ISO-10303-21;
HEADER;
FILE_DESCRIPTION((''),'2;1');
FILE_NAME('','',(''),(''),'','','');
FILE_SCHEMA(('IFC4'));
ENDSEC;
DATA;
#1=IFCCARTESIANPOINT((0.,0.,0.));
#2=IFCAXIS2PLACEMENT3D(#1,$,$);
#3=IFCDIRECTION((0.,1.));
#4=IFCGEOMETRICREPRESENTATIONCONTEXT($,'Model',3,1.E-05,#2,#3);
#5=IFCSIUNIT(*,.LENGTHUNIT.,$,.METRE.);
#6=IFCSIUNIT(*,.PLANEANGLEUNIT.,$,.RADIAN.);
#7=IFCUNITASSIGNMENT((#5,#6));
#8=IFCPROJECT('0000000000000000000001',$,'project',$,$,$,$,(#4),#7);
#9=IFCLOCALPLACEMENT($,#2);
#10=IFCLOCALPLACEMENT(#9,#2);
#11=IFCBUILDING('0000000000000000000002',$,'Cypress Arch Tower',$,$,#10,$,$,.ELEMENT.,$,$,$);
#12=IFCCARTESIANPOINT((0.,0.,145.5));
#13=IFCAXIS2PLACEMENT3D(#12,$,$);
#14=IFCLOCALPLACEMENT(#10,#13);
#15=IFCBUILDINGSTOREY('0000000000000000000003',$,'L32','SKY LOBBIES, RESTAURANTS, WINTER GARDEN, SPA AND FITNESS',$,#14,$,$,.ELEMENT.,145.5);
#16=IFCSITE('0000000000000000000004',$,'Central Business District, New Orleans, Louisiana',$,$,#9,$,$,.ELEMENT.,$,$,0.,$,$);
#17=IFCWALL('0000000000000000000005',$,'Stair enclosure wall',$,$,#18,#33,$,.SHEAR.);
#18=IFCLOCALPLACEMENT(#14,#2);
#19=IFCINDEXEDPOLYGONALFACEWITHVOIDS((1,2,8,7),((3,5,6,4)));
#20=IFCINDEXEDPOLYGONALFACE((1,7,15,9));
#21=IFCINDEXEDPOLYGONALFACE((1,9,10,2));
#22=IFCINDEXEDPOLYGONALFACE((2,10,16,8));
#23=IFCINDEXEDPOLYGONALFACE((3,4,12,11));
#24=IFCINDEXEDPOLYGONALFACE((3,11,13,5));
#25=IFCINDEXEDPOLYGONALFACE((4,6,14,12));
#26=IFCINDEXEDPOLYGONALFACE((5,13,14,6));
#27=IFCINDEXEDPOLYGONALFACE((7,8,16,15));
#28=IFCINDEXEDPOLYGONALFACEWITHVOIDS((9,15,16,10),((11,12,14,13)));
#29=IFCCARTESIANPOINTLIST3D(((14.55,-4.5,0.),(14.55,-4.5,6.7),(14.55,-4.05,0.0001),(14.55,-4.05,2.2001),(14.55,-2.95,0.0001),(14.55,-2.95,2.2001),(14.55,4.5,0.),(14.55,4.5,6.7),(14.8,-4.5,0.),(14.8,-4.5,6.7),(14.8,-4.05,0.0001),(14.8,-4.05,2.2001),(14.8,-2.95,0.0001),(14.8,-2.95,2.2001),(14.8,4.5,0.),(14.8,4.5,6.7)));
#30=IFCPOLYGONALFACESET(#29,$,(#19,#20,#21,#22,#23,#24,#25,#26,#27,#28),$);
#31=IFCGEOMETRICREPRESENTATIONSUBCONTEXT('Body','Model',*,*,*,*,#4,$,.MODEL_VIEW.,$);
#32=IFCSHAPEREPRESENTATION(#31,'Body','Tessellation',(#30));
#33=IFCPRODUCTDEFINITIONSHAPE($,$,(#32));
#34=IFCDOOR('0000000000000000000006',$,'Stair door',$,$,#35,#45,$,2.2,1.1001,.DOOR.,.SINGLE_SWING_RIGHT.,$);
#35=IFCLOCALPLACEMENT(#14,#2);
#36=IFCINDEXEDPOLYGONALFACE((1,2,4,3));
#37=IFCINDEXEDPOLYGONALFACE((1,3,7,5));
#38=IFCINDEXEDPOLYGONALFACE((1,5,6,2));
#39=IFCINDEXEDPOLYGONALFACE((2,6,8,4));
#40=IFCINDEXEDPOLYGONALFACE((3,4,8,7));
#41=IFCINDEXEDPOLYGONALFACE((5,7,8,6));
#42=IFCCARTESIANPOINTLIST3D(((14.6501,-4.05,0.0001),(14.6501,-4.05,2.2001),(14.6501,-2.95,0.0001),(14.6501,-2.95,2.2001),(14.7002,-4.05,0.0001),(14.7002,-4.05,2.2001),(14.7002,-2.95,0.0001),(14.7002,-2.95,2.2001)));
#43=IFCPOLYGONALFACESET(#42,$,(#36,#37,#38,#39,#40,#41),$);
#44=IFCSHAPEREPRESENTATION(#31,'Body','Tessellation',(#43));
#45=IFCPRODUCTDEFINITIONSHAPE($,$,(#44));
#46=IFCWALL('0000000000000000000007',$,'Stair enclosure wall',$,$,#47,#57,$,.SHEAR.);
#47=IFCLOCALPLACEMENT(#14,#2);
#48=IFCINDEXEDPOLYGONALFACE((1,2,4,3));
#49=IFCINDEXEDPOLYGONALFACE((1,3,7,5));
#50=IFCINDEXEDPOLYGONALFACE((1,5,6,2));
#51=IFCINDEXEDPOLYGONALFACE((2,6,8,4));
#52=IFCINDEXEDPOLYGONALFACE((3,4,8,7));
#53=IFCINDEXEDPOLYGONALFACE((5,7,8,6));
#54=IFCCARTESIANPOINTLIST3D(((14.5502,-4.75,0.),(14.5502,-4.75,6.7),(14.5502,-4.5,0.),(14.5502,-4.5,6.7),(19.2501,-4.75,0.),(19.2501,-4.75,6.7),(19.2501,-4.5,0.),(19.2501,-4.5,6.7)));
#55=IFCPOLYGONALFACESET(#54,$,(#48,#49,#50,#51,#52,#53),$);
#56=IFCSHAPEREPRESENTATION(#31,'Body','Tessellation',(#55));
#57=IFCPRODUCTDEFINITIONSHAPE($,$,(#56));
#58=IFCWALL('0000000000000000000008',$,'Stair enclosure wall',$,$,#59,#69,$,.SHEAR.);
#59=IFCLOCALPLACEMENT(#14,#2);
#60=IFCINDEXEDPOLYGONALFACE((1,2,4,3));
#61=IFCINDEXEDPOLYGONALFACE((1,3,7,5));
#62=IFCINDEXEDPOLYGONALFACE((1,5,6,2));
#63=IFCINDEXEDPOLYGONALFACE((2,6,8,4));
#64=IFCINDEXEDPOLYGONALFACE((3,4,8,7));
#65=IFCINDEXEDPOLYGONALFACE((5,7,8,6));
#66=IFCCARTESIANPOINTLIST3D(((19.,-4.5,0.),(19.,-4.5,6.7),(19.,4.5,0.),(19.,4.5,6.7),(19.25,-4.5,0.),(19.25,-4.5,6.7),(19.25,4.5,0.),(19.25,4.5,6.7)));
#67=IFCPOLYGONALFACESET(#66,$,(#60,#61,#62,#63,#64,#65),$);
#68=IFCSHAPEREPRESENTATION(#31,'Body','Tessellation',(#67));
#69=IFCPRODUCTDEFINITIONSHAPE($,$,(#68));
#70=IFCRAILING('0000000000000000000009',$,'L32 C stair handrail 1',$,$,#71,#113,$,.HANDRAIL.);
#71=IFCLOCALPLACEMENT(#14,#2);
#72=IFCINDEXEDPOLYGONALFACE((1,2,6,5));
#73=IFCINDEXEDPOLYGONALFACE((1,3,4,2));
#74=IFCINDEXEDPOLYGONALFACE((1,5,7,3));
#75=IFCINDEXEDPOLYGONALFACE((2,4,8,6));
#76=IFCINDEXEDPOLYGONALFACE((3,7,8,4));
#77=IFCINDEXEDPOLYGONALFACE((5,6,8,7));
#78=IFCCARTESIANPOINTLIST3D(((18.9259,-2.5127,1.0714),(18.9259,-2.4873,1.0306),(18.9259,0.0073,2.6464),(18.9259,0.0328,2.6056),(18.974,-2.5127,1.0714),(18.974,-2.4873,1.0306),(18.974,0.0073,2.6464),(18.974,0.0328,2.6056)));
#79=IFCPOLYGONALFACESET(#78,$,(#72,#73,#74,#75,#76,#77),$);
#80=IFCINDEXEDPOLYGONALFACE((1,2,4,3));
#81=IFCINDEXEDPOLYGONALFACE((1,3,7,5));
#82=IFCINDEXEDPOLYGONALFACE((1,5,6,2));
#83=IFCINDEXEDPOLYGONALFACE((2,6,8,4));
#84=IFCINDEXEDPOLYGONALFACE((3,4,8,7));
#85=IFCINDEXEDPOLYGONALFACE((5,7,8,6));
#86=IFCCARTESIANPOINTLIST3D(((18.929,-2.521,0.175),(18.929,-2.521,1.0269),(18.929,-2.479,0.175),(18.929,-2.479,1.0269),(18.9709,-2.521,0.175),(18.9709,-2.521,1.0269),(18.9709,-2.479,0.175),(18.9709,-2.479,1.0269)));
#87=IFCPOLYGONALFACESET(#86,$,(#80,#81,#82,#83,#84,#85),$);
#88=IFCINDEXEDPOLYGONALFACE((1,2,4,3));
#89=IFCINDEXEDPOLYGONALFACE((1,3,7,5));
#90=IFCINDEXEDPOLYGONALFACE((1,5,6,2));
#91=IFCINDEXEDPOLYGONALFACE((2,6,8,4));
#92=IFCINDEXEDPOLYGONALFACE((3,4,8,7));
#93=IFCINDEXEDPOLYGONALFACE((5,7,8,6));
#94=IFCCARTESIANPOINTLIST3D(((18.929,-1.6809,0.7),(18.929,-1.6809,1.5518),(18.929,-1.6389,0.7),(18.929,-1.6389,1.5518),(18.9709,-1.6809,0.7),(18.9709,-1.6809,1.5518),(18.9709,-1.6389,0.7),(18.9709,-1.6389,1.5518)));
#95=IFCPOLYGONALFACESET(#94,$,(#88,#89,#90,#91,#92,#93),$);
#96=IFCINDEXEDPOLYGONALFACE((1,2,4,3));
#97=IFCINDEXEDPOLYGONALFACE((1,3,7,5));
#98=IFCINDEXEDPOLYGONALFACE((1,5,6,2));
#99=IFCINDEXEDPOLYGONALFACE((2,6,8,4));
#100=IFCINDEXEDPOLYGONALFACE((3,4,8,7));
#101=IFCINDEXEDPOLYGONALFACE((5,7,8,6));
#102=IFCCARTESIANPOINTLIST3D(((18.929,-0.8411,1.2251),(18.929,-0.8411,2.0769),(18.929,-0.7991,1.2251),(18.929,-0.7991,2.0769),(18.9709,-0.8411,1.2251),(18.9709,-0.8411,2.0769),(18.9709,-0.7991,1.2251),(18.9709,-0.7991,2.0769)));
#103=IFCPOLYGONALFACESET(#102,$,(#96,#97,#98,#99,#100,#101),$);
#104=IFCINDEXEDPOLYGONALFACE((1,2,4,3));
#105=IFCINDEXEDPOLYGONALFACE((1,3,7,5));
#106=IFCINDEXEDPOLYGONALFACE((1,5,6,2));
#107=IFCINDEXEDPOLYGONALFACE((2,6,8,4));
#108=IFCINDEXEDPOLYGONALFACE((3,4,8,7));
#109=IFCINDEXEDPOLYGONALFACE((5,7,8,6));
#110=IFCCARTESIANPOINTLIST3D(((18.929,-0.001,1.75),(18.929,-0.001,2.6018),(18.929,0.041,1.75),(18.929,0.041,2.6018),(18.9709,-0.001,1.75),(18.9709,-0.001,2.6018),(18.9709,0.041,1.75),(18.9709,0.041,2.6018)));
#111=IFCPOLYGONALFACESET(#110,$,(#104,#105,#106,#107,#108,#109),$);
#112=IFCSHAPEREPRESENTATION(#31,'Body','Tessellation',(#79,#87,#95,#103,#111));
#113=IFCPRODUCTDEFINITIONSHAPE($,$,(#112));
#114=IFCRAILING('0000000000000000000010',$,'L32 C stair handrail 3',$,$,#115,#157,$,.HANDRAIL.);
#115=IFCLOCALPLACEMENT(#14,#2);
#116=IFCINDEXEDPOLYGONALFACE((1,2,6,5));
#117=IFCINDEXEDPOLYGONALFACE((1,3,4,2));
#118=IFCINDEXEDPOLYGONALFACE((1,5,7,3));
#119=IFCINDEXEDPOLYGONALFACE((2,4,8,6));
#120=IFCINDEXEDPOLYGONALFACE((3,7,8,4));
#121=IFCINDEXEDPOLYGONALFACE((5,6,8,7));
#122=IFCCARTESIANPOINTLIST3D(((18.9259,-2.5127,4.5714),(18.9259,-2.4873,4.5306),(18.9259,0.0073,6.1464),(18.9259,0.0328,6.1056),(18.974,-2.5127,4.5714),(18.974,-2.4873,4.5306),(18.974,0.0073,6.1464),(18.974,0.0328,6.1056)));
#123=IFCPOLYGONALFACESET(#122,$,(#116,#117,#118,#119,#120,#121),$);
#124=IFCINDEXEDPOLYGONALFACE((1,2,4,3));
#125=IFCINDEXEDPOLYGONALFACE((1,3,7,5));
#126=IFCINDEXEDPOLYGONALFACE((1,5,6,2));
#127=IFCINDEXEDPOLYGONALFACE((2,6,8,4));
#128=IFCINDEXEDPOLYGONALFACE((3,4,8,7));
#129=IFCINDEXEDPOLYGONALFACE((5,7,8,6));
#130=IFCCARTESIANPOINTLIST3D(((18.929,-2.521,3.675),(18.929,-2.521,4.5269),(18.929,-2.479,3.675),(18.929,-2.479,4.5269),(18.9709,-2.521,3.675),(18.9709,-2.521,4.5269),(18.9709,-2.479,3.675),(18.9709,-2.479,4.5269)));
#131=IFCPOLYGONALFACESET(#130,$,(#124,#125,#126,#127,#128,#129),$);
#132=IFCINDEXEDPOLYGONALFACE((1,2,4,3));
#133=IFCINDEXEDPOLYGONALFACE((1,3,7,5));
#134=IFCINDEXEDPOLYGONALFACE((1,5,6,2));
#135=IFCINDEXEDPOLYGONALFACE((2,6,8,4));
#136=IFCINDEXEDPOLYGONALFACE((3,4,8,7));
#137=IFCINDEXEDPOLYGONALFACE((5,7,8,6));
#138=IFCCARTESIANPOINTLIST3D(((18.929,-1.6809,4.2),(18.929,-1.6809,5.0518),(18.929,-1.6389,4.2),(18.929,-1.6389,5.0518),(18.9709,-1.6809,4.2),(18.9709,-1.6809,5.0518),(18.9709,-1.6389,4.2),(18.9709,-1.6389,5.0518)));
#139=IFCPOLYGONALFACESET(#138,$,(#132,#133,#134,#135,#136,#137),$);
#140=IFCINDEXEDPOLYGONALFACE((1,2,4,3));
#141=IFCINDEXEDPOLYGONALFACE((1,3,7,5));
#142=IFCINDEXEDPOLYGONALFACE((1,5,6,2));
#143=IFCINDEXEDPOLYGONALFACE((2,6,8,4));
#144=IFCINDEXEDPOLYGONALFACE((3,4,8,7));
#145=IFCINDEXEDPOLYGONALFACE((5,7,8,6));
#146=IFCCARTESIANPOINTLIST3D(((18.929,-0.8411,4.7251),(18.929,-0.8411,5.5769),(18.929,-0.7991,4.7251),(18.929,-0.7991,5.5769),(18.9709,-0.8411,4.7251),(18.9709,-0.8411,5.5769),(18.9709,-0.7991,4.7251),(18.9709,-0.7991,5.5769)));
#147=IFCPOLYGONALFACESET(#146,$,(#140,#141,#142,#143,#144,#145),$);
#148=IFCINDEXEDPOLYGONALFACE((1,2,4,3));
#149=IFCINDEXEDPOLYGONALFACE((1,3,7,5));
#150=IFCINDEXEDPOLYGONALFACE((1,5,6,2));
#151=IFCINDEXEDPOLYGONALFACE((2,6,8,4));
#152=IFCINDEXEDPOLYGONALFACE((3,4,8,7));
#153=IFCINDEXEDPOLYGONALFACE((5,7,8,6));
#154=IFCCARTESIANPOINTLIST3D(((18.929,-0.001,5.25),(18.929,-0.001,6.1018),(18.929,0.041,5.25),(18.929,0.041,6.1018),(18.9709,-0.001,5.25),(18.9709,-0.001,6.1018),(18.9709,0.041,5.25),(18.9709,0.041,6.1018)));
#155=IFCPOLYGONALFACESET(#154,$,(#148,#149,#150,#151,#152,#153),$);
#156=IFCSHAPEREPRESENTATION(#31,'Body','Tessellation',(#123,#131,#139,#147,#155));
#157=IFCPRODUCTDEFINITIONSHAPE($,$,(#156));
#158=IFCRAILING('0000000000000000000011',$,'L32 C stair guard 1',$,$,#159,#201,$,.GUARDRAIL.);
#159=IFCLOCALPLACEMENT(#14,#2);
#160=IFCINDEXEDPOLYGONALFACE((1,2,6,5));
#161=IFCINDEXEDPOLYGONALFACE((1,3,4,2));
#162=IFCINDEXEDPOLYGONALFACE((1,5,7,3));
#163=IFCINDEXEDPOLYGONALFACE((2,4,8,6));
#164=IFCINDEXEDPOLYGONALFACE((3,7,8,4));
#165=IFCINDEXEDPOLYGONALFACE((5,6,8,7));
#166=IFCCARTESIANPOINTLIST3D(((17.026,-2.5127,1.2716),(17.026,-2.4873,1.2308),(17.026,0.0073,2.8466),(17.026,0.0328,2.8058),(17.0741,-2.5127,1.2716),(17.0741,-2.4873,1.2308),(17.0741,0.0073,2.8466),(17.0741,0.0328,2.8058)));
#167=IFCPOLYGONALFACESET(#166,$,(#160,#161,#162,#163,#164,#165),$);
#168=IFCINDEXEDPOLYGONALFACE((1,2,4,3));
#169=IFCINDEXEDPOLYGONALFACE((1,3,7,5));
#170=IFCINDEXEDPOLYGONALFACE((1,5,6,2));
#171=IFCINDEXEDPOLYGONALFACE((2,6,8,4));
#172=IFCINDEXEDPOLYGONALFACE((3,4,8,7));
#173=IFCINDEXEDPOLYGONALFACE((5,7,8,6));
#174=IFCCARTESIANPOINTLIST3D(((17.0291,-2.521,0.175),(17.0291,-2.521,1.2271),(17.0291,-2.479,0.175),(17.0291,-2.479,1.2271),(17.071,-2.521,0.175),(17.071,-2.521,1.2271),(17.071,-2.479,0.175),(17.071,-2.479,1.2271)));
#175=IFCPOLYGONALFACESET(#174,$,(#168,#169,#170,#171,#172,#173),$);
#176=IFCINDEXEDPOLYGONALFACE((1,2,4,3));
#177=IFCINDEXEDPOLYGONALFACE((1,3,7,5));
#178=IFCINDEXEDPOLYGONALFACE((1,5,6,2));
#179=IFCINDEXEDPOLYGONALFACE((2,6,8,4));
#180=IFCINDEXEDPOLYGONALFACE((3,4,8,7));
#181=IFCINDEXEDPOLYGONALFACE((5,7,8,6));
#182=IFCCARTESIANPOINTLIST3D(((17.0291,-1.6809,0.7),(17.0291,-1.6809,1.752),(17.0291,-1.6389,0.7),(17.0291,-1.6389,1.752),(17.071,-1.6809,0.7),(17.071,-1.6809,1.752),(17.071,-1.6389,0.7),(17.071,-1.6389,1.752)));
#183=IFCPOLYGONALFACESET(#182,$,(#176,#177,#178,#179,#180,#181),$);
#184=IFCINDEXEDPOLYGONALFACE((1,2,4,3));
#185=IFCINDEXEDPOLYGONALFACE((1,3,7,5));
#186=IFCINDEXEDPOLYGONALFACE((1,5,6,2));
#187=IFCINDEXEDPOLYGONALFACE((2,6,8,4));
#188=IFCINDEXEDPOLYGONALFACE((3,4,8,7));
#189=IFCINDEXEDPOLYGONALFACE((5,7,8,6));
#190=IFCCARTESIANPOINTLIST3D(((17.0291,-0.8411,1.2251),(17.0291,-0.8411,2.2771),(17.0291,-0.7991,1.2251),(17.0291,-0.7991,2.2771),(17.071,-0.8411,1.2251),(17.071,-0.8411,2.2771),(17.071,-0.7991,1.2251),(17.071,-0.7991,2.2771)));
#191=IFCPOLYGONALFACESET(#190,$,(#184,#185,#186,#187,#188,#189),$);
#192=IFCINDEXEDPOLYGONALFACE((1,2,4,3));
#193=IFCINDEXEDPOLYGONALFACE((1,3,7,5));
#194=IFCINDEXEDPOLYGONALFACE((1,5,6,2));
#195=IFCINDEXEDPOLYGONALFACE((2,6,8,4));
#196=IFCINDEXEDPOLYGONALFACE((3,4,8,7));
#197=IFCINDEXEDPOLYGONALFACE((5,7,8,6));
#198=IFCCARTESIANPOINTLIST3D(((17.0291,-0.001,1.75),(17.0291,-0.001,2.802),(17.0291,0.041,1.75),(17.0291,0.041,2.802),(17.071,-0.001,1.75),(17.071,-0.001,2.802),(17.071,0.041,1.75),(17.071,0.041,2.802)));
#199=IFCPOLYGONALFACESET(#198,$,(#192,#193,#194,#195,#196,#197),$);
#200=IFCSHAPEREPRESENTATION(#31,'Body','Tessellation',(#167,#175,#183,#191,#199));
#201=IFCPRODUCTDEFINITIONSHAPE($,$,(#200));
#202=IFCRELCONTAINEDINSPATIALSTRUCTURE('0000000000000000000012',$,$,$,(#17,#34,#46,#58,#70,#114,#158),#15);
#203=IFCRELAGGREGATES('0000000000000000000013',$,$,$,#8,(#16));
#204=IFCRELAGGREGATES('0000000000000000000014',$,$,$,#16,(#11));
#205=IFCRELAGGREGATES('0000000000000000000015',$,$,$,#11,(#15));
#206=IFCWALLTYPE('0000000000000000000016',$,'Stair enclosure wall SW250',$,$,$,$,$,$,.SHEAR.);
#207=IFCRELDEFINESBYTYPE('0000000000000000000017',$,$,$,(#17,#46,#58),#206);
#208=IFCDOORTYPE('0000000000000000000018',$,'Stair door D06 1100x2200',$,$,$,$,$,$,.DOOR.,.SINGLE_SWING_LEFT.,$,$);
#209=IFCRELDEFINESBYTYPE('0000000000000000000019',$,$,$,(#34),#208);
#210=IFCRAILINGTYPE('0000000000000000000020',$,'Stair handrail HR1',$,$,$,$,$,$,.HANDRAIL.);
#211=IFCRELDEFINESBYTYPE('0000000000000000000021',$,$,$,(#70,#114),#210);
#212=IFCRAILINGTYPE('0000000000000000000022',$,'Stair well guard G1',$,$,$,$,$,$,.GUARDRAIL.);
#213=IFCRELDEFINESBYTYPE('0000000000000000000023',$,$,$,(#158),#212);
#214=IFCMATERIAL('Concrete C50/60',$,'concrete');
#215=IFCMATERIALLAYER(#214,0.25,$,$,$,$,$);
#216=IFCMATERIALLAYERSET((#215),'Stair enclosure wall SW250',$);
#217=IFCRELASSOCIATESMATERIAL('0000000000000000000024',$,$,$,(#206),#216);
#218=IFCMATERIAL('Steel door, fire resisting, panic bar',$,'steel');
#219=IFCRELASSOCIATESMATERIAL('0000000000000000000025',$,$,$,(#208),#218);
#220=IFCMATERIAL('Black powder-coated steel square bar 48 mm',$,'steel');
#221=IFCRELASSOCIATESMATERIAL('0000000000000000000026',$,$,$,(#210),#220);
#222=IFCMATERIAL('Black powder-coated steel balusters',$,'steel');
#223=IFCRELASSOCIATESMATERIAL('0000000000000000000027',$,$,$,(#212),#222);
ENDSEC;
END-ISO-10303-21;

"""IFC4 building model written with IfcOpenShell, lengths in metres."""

from ifc_helpers import new_model, si_unit, direction, frame, frame_2d, origin, origin_2d, place, context, subcontext, project, spatial, rectangle, extrude, material, layer, layer_set, type_object, element, fill, save


model = new_model("IFC4")

# Units and contexts
model_context = context("Model", 3, precision=1e-05, world=origin(), true_north=direction((0.0, 1.0)))
body_context = subcontext(model_context, "Body", "Model", "MODEL_VIEW")
ifc_project = project(units=[si_unit("LENGTHUNIT", "METRE"), si_unit("PLANEANGLEUNIT", "RADIAN")], contexts=[model_context])

# Site, building, storey
site_placement = place(None, origin())
site = spatial("IfcSite", under=ifc_project, at=site_placement, Name="Central Business District, New Orleans, Louisiana", CompositionType="ELEMENT", RefElevation=0.0)
building_placement = place(site_placement, origin())
building = spatial("IfcBuilding", under=site, at=building_placement, Name="Cypress Arch Tower", CompositionType="ELEMENT")
storey_placement = place(building_placement, frame((0.0, 0.0, 145.5)))
storey = spatial("IfcBuildingStorey", under=building, at=storey_placement, Name="L32", Description="SKY LOBBIES, RESTAURANTS, WINTER GARDEN, SPA AND FITNESS", CompositionType="ELEMENT", Elevation=145.5)

# Wall, opening, door
ifc_material_1 = material(Name="Concrete C50/60", Category="concrete")
ifc_layer_1 = layer(ifc_material_1, 0.25)
ifc_layer_set_1 = layer_set([ifc_layer_1], Name="Stair enclosure wall SW250")
wall_type_1 = type_object("IfcWallType", Name="Stair enclosure wall SW250", PredefinedType="SHEAR", material=ifc_layer_set_1)
wall_1_placement = place(storey_placement, frame((14.675, -4.5, 0.0), z_axis=(0.0, 0.0, 1.0), x_axis=(0.0, 1.0, 0.0)))
wall_1 = element("IfcWall", 1, at=wall_1_placement, inside=storey, type_object=wall_type_1, Name="Stair enclosure wall", PredefinedType="SHEAR", context=body_context, shape_type="SweptSolid", body=[
    extrude(rectangle(XDim=9.0, YDim=0.25, at=frame_2d((4.5, 0.0))), origin(), (0.0, 0.0, 1.0), 6.7),
])
opening_1_placement = place(wall_1_placement, frame((0.45, 0.0, 0.0)))
opening_1 = element("IfcOpeningElement", 2, at=opening_1_placement, cuts=wall_1, PredefinedType="OPENING", context=body_context, shape_type="SweptSolid", body=[
    extrude(rectangle(XDim=1.1001, YDim=2.2, at=frame_2d((0.55, 1.1001))), frame((0.0, 0.135, 0.0), z_axis=(0.0, -1.0, 0.0), x_axis=(1.0, 0.0, 0.0)), (0.0, 0.0, 1.0), 0.27),
])
ifc_material_2 = material(Name="Steel door, fire resisting, panic bar", Category="steel")
door_type_1 = type_object("IfcDoorType", Name="Stair door D06 1100x2200", OperationType="SINGLE_SWING_LEFT", PredefinedType="DOOR", material=ifc_material_2)
door_1_placement = place(opening_1_placement, origin())
door_1 = element("IfcDoor", 3, at=door_1_placement, inside=storey, type_object=door_type_1, Name="Stair door", OperationType="SINGLE_SWING_RIGHT", OverallHeight=2.2, OverallWidth=1.1001, PredefinedType="DOOR", context=body_context, shape_type="SweptSolid", body=[
    extrude(rectangle(XDim=1.1001, YDim=2.2, at=frame_2d((0.55, 1.1001))), frame((0.0, 0.0249, 0.0), z_axis=(0.0, -1.0, 0.0), x_axis=(1.0, 0.0, 0.0)), (0.0, 0.0, 1.0), 0.05),
])
fill(opening_1, door_1)

# Walls
wall_2_placement = place(storey_placement, frame((14.55, -4.625, 0.0), z_axis=(0.0, 0.0, 1.0), x_axis=(1.0, 0.0, 0.0)))
element("IfcWall", 4, at=wall_2_placement, inside=storey, type_object=wall_type_1, Name="Stair enclosure wall", PredefinedType="SHEAR", context=body_context, shape_type="SweptSolid", body=[
    extrude(rectangle(XDim=4.7, YDim=0.25, at=frame_2d((2.3501, 0.0))), origin(), (0.0, 0.0, 1.0), 6.7),
])
wall_3_placement = place(storey_placement, frame((19.125, -4.5, 0.0), z_axis=(0.0, 0.0, 1.0), x_axis=(0.0, 1.0, 0.0)))
element("IfcWall", 5, at=wall_3_placement, inside=storey, type_object=wall_type_1, Name="Stair enclosure wall", PredefinedType="SHEAR", context=body_context, shape_type="SweptSolid", body=[
    extrude(rectangle(XDim=9.0, YDim=0.25, at=frame_2d((4.5, 0.0))), origin(), (0.0, 0.0, 1.0), 6.7),
])

# Railings
ifc_material_3 = material(Name="Black powder-coated steel square bar 48 mm", Category="steel")
railing_type_1 = type_object("IfcRailingType", Name="Stair handrail HR1", PredefinedType="HANDRAIL", material=ifc_material_3)
for number, where, name in (
    (6, (18.95, -2.5, 0.175), "L32 C stair handrail 1"),
    (7, (18.95, -2.5, 3.675), "L32 C stair handrail 3"),
):
    element("IfcRailing", number, at=place(storey_placement, frame(where)), inside=storey, type_object=railing_type_1, Name=name, PredefinedType="HANDRAIL", context=body_context, shape_type="SweptSolid", body=[
        extrude(rectangle(XDim=0.0481, YDim=0.0481, at=origin_2d()), frame((0.0, 0.0, 0.876), z_axis=(0.0, 0.848008, 0.529984), x_axis=(-1.0, 0.0, 0.0)), (0.0, 0.0, 1.0), 2.9717),
        extrude(rectangle(XDim=0.042, YDim=0.042, at=origin_2d()), origin(), (0.0, 0.0, 1.0), 0.8518),
        extrude(rectangle(XDim=0.042, YDim=0.042, at=origin_2d()), frame((0.0, 0.8401, 0.5249)), (0.0, 0.0, 1.0), 0.8518),
        extrude(rectangle(XDim=0.042, YDim=0.042, at=origin_2d()), frame((0.0, 1.6799, 1.05)), (0.0, 0.0, 1.0), 0.8518),
        extrude(rectangle(XDim=0.042, YDim=0.042, at=origin_2d()), frame((0.0, 2.52, 1.575)), (0.0, 0.0, 1.0), 0.8518),
    ])
ifc_material_4 = material(Name="Black powder-coated steel balusters", Category="steel")
railing_type_2 = type_object("IfcRailingType", Name="Stair well guard G1", PredefinedType="GUARDRAIL", material=ifc_material_4)
railing_1_placement = place(storey_placement, frame((17.05, -2.5, 0.175)))
element("IfcRailing", 8, at=railing_1_placement, inside=storey, type_object=railing_type_2, Name="L32 C stair guard 1", PredefinedType="GUARDRAIL", context=body_context, shape_type="SweptSolid", body=[
    extrude(rectangle(XDim=0.0481, YDim=0.0481, at=origin_2d()), frame((0.0, 0.0, 1.0762), z_axis=(0.0, 0.848008, 0.529984), x_axis=(-1.0, 0.0, 0.0)), (0.0, 0.0, 1.0), 2.9717),
    extrude(rectangle(XDim=0.042, YDim=0.042, at=origin_2d()), origin(), (0.0, 0.0, 1.0), 1.052),
    extrude(rectangle(XDim=0.042, YDim=0.042, at=origin_2d()), frame((0.0, 0.8401, 0.5249)), (0.0, 0.0, 1.0), 1.052),
    extrude(rectangle(XDim=0.042, YDim=0.042, at=origin_2d()), frame((0.0, 1.6799, 1.05)), (0.0, 0.0, 1.0), 1.052),
    extrude(rectangle(XDim=0.042, YDim=0.042, at=origin_2d()), frame((0.0, 2.52, 1.575)), (0.0, 0.0, 1.0), 1.052),
])

save(model, "model.ifc")
